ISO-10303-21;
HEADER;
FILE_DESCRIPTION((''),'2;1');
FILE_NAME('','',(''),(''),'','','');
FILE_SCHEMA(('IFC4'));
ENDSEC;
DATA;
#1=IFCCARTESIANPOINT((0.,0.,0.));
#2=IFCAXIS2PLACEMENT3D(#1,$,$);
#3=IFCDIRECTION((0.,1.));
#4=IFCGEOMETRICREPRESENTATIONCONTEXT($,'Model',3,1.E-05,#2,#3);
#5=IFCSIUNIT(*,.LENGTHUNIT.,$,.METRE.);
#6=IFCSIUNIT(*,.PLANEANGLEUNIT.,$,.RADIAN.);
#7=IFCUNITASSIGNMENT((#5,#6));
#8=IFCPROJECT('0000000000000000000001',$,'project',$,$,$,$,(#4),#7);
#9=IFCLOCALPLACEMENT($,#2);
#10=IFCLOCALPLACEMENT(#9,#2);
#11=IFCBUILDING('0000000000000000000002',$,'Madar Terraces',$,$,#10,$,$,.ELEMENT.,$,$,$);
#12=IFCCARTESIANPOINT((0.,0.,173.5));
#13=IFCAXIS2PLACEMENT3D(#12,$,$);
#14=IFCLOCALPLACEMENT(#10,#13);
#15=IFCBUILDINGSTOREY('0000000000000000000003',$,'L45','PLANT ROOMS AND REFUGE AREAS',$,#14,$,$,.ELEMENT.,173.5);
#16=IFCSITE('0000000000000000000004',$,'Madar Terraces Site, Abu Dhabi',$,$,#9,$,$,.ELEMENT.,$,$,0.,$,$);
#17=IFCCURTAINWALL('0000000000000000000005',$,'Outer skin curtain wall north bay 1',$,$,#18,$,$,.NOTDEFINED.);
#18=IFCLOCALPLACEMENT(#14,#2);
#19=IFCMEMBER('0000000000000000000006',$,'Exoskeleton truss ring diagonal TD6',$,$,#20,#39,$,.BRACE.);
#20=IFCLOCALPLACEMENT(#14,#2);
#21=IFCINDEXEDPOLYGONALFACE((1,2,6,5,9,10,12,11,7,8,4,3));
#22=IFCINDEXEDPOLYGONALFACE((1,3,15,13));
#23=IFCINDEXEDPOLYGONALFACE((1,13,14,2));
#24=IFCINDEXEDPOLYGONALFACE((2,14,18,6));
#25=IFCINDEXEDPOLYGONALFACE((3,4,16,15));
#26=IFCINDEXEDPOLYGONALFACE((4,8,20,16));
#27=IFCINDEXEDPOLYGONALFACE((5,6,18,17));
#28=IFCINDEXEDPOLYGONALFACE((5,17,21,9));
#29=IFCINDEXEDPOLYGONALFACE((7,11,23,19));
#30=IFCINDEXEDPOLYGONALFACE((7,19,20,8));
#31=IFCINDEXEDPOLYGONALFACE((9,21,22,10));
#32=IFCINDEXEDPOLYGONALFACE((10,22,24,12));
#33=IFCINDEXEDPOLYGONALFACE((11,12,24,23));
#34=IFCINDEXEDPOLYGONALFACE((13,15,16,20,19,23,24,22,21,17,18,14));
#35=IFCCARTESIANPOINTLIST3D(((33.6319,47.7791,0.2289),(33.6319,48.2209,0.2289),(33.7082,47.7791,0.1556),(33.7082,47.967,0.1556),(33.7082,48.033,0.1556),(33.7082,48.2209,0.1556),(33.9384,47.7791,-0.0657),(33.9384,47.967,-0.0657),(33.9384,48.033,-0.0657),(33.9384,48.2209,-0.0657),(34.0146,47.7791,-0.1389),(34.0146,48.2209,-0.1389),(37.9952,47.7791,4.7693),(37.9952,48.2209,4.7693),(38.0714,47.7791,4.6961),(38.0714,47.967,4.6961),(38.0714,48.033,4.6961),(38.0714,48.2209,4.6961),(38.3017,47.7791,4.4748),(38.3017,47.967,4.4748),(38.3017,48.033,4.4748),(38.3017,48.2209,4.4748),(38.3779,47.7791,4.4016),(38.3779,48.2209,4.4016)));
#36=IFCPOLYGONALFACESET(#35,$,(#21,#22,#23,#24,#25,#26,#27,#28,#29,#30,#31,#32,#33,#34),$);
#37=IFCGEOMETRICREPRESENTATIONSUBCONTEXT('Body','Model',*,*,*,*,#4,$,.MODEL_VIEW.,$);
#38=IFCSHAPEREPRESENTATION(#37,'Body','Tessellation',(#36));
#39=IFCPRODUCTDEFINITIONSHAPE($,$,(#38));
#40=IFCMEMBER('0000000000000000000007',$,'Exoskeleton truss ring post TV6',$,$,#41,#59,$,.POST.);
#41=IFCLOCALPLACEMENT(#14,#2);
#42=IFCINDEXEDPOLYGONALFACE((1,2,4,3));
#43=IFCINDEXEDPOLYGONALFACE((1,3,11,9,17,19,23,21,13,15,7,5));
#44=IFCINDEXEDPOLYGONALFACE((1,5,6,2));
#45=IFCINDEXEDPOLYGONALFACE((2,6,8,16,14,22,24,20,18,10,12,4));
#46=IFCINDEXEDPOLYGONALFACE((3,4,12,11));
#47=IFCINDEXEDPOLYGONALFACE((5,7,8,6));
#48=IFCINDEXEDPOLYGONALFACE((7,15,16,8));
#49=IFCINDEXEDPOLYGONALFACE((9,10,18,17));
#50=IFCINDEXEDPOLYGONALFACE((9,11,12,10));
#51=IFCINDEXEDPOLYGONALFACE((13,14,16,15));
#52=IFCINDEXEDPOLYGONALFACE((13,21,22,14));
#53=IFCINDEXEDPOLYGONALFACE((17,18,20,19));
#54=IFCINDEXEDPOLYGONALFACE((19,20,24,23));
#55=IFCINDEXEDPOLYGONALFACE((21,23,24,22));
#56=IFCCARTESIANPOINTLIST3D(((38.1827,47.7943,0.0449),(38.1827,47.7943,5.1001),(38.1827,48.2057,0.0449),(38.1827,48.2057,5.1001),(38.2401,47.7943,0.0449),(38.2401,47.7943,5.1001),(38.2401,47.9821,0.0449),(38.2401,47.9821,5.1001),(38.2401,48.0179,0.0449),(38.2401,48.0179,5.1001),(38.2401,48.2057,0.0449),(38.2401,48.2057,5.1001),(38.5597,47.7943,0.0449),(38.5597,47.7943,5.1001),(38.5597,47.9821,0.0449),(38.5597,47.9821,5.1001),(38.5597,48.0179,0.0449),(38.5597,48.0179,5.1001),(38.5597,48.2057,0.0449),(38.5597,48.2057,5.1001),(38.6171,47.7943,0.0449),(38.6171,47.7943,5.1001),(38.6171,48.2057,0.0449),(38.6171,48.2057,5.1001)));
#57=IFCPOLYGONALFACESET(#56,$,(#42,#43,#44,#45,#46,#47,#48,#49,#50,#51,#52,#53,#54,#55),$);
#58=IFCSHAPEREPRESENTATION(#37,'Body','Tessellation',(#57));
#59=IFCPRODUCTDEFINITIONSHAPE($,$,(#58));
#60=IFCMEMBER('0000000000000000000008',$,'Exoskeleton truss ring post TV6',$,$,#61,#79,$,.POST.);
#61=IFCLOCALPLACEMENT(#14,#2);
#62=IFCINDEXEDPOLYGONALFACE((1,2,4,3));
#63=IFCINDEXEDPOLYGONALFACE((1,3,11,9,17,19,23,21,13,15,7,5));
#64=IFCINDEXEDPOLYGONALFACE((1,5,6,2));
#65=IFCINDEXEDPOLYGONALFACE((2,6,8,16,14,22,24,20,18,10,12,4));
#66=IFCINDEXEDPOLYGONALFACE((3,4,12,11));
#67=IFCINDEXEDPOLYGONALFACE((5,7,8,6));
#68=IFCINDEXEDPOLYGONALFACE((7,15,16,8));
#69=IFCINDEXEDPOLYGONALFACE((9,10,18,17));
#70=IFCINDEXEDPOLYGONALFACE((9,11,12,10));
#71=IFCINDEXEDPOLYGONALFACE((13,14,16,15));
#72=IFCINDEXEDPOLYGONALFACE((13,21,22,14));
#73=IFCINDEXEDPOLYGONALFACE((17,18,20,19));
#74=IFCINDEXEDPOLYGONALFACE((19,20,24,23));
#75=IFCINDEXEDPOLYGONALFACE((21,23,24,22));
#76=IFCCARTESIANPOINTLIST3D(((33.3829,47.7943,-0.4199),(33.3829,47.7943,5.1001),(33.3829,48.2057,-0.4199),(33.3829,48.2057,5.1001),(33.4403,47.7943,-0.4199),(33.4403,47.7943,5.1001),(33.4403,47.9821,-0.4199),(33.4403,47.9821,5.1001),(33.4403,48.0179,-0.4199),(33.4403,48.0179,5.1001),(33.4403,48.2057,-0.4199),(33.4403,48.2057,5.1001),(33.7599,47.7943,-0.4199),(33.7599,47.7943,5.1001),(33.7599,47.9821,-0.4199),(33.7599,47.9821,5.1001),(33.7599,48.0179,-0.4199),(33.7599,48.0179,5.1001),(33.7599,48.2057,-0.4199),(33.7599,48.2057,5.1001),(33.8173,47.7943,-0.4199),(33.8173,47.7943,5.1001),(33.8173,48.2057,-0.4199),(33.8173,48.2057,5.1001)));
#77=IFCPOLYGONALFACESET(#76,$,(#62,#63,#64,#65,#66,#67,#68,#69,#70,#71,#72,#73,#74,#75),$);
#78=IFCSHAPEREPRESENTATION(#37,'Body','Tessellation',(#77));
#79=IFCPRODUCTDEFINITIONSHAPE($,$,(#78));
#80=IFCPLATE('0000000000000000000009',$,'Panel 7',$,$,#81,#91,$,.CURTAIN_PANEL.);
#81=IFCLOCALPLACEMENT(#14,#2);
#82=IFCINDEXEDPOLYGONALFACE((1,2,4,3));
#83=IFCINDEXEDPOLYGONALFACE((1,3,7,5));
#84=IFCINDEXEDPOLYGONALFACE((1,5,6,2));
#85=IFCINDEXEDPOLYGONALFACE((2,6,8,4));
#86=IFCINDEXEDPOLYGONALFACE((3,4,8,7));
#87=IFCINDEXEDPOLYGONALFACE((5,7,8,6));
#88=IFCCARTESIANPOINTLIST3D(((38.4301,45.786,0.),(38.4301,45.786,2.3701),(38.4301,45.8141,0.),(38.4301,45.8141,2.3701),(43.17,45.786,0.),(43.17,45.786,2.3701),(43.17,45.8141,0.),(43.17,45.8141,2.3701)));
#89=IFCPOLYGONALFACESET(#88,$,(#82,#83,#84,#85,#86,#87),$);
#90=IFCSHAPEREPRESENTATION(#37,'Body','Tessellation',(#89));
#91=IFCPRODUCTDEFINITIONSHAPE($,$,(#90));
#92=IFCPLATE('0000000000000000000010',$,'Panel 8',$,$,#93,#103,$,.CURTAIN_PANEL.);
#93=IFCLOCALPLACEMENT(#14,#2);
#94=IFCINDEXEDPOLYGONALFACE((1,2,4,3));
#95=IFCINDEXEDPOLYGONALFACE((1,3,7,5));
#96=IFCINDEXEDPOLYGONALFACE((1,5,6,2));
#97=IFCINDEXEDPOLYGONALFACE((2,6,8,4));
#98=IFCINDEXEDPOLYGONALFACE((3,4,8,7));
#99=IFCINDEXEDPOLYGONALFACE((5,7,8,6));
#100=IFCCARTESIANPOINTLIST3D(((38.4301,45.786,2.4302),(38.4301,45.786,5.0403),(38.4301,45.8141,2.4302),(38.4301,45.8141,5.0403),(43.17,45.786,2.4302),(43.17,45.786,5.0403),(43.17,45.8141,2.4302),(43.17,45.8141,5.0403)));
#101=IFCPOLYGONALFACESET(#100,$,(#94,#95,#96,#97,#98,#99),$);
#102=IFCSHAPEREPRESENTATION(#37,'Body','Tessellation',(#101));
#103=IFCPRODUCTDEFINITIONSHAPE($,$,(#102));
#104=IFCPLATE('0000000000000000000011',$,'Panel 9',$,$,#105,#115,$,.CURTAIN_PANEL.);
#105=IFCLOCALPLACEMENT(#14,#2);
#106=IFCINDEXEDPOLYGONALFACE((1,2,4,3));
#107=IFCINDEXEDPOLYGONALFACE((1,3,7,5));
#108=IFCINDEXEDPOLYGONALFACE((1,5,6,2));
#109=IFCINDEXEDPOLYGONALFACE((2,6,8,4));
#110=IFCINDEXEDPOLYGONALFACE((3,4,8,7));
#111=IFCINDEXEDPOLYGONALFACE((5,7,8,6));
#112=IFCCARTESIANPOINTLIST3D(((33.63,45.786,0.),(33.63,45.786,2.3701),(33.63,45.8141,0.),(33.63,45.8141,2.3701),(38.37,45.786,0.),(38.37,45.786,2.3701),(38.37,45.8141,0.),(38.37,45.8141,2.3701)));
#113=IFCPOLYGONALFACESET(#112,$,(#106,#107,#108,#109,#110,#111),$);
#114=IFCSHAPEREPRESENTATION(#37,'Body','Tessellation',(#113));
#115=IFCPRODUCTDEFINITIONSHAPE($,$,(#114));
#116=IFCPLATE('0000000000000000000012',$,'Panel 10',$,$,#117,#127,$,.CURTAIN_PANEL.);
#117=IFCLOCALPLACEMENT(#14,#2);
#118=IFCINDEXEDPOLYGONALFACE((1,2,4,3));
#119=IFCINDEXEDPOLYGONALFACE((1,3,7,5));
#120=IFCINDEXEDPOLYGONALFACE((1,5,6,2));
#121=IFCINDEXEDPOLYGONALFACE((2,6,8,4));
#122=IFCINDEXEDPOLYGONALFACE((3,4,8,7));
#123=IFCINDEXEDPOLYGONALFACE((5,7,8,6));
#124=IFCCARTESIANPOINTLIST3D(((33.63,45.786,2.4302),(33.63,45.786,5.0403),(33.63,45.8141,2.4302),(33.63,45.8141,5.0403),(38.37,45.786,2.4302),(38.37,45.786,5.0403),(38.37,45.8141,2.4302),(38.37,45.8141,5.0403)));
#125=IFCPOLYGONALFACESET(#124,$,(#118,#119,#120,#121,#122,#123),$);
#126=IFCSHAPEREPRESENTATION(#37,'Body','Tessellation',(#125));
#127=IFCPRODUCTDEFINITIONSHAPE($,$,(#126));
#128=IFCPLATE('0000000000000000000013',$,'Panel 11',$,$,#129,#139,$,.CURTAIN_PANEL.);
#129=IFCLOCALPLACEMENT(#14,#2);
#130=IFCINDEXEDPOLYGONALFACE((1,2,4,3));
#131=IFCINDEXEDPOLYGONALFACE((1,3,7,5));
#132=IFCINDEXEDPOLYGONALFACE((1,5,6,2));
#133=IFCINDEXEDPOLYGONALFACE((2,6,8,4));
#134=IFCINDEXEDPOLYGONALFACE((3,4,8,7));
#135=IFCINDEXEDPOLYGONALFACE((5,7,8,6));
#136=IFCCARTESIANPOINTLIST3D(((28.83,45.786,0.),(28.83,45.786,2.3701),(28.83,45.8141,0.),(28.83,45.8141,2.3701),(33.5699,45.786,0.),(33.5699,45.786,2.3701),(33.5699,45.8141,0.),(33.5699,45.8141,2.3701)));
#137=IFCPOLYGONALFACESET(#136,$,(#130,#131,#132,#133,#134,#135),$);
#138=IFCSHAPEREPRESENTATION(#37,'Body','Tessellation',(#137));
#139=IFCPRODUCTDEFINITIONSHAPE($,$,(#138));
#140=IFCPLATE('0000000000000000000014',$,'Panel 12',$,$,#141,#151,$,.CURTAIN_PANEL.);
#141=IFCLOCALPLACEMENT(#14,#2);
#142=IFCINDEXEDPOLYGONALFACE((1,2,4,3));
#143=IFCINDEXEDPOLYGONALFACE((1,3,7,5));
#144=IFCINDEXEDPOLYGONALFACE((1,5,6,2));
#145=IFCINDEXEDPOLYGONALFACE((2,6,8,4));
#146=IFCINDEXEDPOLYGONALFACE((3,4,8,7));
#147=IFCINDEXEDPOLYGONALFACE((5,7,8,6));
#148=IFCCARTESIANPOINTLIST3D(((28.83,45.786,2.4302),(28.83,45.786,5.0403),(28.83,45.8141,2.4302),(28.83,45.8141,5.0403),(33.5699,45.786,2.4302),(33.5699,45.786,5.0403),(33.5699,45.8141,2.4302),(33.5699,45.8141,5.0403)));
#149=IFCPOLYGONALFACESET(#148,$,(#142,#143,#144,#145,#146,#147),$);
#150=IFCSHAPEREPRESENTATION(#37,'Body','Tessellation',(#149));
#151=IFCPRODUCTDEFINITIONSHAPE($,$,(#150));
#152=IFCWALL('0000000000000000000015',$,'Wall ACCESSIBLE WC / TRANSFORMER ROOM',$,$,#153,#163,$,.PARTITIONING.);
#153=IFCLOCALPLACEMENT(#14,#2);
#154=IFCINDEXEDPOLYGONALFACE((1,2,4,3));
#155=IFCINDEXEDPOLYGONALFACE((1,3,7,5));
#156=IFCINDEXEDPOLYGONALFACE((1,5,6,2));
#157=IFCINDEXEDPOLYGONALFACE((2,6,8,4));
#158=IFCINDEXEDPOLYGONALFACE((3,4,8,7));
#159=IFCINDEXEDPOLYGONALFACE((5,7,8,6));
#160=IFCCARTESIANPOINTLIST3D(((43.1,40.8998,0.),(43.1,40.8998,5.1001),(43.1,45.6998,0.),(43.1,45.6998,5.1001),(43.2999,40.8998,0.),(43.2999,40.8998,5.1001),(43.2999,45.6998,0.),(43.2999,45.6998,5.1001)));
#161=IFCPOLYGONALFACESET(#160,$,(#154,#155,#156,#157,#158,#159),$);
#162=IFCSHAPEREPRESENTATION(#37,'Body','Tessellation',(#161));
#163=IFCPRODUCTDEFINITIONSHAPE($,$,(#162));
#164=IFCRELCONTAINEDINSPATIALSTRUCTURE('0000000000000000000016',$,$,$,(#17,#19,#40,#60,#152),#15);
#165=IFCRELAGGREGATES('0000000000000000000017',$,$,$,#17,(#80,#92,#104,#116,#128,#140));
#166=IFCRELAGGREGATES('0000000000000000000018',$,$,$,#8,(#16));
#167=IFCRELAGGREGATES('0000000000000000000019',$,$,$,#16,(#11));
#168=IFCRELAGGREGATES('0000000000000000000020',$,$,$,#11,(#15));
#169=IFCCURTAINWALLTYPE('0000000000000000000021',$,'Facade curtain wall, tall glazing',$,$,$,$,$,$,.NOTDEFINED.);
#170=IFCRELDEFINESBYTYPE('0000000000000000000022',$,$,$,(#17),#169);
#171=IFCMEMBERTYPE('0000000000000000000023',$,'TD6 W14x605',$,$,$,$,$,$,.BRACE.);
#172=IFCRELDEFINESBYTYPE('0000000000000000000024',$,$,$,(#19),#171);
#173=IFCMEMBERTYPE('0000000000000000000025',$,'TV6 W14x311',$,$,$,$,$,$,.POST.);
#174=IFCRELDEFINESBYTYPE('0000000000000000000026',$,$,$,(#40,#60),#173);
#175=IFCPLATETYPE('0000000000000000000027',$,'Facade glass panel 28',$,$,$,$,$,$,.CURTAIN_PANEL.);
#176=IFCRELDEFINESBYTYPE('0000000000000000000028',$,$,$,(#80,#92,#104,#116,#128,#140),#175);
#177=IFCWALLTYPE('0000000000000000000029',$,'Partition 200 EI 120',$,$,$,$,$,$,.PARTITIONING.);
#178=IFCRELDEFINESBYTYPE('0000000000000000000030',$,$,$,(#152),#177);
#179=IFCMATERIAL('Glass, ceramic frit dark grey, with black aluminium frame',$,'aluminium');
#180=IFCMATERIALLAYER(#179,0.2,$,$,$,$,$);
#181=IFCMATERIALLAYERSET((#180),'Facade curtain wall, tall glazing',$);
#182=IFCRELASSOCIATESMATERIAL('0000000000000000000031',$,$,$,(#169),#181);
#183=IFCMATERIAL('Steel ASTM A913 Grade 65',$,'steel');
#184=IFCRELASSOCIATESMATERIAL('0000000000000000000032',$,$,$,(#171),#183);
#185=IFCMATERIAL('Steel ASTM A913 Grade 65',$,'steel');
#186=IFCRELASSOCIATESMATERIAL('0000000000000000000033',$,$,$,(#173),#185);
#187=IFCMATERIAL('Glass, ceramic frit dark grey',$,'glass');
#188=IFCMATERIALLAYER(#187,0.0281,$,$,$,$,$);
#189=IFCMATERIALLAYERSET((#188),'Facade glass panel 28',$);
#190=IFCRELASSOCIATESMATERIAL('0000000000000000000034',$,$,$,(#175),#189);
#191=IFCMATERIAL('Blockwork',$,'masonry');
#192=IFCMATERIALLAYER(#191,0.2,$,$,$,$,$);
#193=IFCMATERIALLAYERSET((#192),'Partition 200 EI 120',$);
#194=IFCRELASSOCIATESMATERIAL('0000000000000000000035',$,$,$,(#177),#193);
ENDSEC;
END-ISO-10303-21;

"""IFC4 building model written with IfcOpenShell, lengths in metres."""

from ifc_helpers import new_model, si_unit, direction, frame, frame_2d, origin, origin_2d, place, context, subcontext, project, spatial, rectangle, i_section, extrude, material, layer, layer_set, material_profile, profile_set, type_object, element, aggregate, save


model = new_model("IFC4")

# Units and contexts
model_context = context("Model", 3, precision=1e-05, world=origin(), true_north=direction((0.0, 1.0)))
body_context = subcontext(model_context, "Body", "Model", "MODEL_VIEW")
ifc_project = project(units=[si_unit("LENGTHUNIT", "METRE"), si_unit("PLANEANGLEUNIT", "RADIAN")], contexts=[model_context])

# Site, building, storey
site_placement = place(None, origin())
site = spatial("IfcSite", under=ifc_project, at=site_placement, Name="Madar Terraces Site, Abu Dhabi", CompositionType="ELEMENT", RefElevation=0.0)
building_placement = place(site_placement, origin())
building = spatial("IfcBuilding", under=site, at=building_placement, Name="Madar Terraces", CompositionType="ELEMENT")
storey_placement = place(building_placement, frame((0.0, 0.0, 173.5)))
storey = spatial("IfcBuildingStorey", under=building, at=storey_placement, Name="L45", Description="PLANT ROOMS AND REFUGE AREAS", CompositionType="ELEMENT", Elevation=173.5)

# Curtain wall
ifc_material_1 = material(Name="Glass, ceramic frit dark grey, with black aluminium frame", Category="aluminium")
ifc_layer_1 = layer(ifc_material_1, 0.2)
ifc_layer_set_1 = layer_set([ifc_layer_1], Name="Facade curtain wall, tall glazing")
curtain_wall_type = type_object("IfcCurtainWallType", Name="Facade curtain wall, tall glazing", PredefinedType="NOTDEFINED", material=ifc_layer_set_1)
curtain_wall_placement = place(storey_placement, origin())
curtain_wall = element("IfcCurtainWall", 1, at=curtain_wall_placement, inside=storey, type_object=curtain_wall_type, Name="Outer skin curtain wall north bay 1", PredefinedType="NOTDEFINED")

# Members
ifc_material_2 = material(Name="Steel ASTM A913 Grade 65", Category="steel")
ifc_material_profile_1 = material_profile(ifc_material_2, i_section(OverallWidth=0.4419, OverallDepth=0.5308, WebThickness=0.0659, FlangeThickness=0.1057, at=origin_2d()), Name="W14x605")
ifc_profile_set_1 = profile_set([ifc_material_profile_1], Name="Steel ASTM A913 Grade 65")
member_type_1 = type_object("IfcMemberType", Name="TD6 W14x605", PredefinedType="BRACE", material=ifc_profile_set_1)
member_1_placement = place(storey_placement, frame((38.1865, 48.0, 4.5854), z_axis=(-0.692893, 0.0, -0.72104), x_axis=(0.0, -1.0, 0.0)))
element("IfcMember", 2, at=member_1_placement, inside=storey, type_object=member_type_1, Name="Exoskeleton truss ring diagonal TD6", PredefinedType="BRACE", context=body_context, shape_type="SweptSolid", body=[
    extrude(i_section(OverallWidth=0.4419, OverallDepth=0.5308, WebThickness=0.0659, FlangeThickness=0.1057, at=origin_2d()), origin(), (0.0, 0.0, 1.0), 6.2971),
])
ifc_material_3 = material(Name="Steel ASTM A913 Grade 65", Category="steel")
ifc_material_profile_2 = material_profile(ifc_material_3, i_section(OverallWidth=0.4114, OverallDepth=0.4343, WebThickness=0.0359, FlangeThickness=0.0574, at=origin_2d()), Name="W14x311")
ifc_profile_set_2 = profile_set([ifc_material_profile_2], Name="Steel ASTM A913 Grade 65")
member_type_2 = type_object("IfcMemberType", Name="TV6 W14x311", PredefinedType="POST", material=ifc_profile_set_2)
member_2_placement = place(storey_placement, frame((38.3999, 48.0, 0.0449), z_axis=(0.0, 0.0, 1.0), x_axis=(0.0, -1.0, 0.0)))
element("IfcMember", 3, at=member_2_placement, inside=storey, type_object=member_type_2, Name="Exoskeleton truss ring post TV6", PredefinedType="POST", context=body_context, shape_type="SweptSolid", body=[
    extrude(i_section(OverallWidth=0.4114, OverallDepth=0.4343, WebThickness=0.0359, FlangeThickness=0.0574, at=origin_2d()), origin(), (0.0, 0.0, 1.0), 5.0552),
])
member_3_placement = place(storey_placement, frame((33.6001, 48.0, -0.4199), z_axis=(0.0, 0.0, 1.0), x_axis=(0.0, -1.0, 0.0)))
element("IfcMember", 4, at=member_3_placement, inside=storey, type_object=member_type_2, Name="Exoskeleton truss ring post TV6", PredefinedType="POST", context=body_context, shape_type="SweptSolid", body=[
    extrude(i_section(OverallWidth=0.4114, OverallDepth=0.4343, WebThickness=0.0359, FlangeThickness=0.0574, at=origin_2d()), origin(), (0.0, 0.0, 1.0), 5.52),
])

# Plates
ifc_material_4 = material(Name="Glass, ceramic frit dark grey", Category="glass")
ifc_layer_2 = layer(ifc_material_4, 0.0281)
ifc_layer_set_2 = layer_set([ifc_layer_2], Name="Facade glass panel 28")
plate_type = type_object("IfcPlateType", Name="Facade glass panel 28", PredefinedType="CURTAIN_PANEL", material=ifc_layer_set_2)
plate_1_placement = place(storey_placement, frame((40.8, 45.8, 0.0), z_axis=(0.0, 0.0, 1.0), x_axis=(-1.0, 0.0, 0.0)))
plate_1 = element("IfcPlate", 5, at=plate_1_placement, type_object=plate_type, Name="Panel 7", PredefinedType="CURTAIN_PANEL", context=body_context, shape_type="SweptSolid", body=[
    extrude(rectangle(XDim=4.74, YDim=0.0281, at=origin_2d()), origin(), (0.0, 0.0, 1.0), 2.3701),
])
plate_2_placement = place(storey_placement, frame((40.8, 45.8, 2.4302), z_axis=(0.0, 0.0, 1.0), x_axis=(-1.0, 0.0, 0.0)))
plate_2 = element("IfcPlate", 6, at=plate_2_placement, type_object=plate_type, Name="Panel 8", PredefinedType="CURTAIN_PANEL", context=body_context, shape_type="SweptSolid", body=[
    extrude(rectangle(XDim=4.74, YDim=0.0281, at=origin_2d()), origin(), (0.0, 0.0, 1.0), 2.6101),
])
plate_3_placement = place(storey_placement, frame((36.0, 45.8, 0.0), z_axis=(0.0, 0.0, 1.0), x_axis=(-1.0, 0.0, 0.0)))
plate_3 = element("IfcPlate", 7, at=plate_3_placement, type_object=plate_type, Name="Panel 9", PredefinedType="CURTAIN_PANEL", context=body_context, shape_type="SweptSolid", body=[
    extrude(rectangle(XDim=4.74, YDim=0.0281, at=origin_2d()), origin(), (0.0, 0.0, 1.0), 2.3701),
])
plate_4_placement = place(storey_placement, frame((36.0, 45.8, 2.4302), z_axis=(0.0, 0.0, 1.0), x_axis=(-1.0, 0.0, 0.0)))
plate_4 = element("IfcPlate", 8, at=plate_4_placement, type_object=plate_type, Name="Panel 10", PredefinedType="CURTAIN_PANEL", context=body_context, shape_type="SweptSolid", body=[
    extrude(rectangle(XDim=4.74, YDim=0.0281, at=origin_2d()), origin(), (0.0, 0.0, 1.0), 2.6101),
])
plate_5_placement = place(storey_placement, frame((31.2, 45.8, 0.0), z_axis=(0.0, 0.0, 1.0), x_axis=(-1.0, 0.0, 0.0)))
plate_5 = element("IfcPlate", 9, at=plate_5_placement, type_object=plate_type, Name="Panel 11", PredefinedType="CURTAIN_PANEL", context=body_context, shape_type="SweptSolid", body=[
    extrude(rectangle(XDim=4.74, YDim=0.0281, at=origin_2d()), origin(), (0.0, 0.0, 1.0), 2.3701),
])
plate_6_placement = place(storey_placement, frame((31.2, 45.8, 2.4302), z_axis=(0.0, 0.0, 1.0), x_axis=(-1.0, 0.0, 0.0)))
plate_6 = element("IfcPlate", 10, at=plate_6_placement, type_object=plate_type, Name="Panel 12", PredefinedType="CURTAIN_PANEL", context=body_context, shape_type="SweptSolid", body=[
    extrude(rectangle(XDim=4.74, YDim=0.0281, at=origin_2d()), origin(), (0.0, 0.0, 1.0), 2.6101),
])
aggregate(curtain_wall, [plate_1, plate_2, plate_3, plate_4, plate_5, plate_6])

# Wall
ifc_material_5 = material(Name="Blockwork", Category="masonry")
ifc_layer_3 = layer(ifc_material_5, 0.2)
ifc_layer_set_3 = layer_set([ifc_layer_3], Name="Partition 200 EI 120")
wall_type = type_object("IfcWallType", Name="Partition 200 EI 120", PredefinedType="PARTITIONING", material=ifc_layer_set_3)
wall_placement = place(storey_placement, frame((43.2, 40.8999, 0.0), z_axis=(0.0, 0.0, 1.0), x_axis=(0.0, 1.0, 0.0)))
element("IfcWall", 11, at=wall_placement, inside=storey, type_object=wall_type, Name="Wall ACCESSIBLE WC / TRANSFORMER ROOM", PredefinedType="PARTITIONING", context=body_context, shape_type="SweptSolid", body=[
    extrude(rectangle(XDim=4.8, YDim=0.2, at=frame_2d((2.3999, 0.0))), origin(), (0.0, 0.0, 1.0), 5.1001),
])

save(model, "model.ifc")
